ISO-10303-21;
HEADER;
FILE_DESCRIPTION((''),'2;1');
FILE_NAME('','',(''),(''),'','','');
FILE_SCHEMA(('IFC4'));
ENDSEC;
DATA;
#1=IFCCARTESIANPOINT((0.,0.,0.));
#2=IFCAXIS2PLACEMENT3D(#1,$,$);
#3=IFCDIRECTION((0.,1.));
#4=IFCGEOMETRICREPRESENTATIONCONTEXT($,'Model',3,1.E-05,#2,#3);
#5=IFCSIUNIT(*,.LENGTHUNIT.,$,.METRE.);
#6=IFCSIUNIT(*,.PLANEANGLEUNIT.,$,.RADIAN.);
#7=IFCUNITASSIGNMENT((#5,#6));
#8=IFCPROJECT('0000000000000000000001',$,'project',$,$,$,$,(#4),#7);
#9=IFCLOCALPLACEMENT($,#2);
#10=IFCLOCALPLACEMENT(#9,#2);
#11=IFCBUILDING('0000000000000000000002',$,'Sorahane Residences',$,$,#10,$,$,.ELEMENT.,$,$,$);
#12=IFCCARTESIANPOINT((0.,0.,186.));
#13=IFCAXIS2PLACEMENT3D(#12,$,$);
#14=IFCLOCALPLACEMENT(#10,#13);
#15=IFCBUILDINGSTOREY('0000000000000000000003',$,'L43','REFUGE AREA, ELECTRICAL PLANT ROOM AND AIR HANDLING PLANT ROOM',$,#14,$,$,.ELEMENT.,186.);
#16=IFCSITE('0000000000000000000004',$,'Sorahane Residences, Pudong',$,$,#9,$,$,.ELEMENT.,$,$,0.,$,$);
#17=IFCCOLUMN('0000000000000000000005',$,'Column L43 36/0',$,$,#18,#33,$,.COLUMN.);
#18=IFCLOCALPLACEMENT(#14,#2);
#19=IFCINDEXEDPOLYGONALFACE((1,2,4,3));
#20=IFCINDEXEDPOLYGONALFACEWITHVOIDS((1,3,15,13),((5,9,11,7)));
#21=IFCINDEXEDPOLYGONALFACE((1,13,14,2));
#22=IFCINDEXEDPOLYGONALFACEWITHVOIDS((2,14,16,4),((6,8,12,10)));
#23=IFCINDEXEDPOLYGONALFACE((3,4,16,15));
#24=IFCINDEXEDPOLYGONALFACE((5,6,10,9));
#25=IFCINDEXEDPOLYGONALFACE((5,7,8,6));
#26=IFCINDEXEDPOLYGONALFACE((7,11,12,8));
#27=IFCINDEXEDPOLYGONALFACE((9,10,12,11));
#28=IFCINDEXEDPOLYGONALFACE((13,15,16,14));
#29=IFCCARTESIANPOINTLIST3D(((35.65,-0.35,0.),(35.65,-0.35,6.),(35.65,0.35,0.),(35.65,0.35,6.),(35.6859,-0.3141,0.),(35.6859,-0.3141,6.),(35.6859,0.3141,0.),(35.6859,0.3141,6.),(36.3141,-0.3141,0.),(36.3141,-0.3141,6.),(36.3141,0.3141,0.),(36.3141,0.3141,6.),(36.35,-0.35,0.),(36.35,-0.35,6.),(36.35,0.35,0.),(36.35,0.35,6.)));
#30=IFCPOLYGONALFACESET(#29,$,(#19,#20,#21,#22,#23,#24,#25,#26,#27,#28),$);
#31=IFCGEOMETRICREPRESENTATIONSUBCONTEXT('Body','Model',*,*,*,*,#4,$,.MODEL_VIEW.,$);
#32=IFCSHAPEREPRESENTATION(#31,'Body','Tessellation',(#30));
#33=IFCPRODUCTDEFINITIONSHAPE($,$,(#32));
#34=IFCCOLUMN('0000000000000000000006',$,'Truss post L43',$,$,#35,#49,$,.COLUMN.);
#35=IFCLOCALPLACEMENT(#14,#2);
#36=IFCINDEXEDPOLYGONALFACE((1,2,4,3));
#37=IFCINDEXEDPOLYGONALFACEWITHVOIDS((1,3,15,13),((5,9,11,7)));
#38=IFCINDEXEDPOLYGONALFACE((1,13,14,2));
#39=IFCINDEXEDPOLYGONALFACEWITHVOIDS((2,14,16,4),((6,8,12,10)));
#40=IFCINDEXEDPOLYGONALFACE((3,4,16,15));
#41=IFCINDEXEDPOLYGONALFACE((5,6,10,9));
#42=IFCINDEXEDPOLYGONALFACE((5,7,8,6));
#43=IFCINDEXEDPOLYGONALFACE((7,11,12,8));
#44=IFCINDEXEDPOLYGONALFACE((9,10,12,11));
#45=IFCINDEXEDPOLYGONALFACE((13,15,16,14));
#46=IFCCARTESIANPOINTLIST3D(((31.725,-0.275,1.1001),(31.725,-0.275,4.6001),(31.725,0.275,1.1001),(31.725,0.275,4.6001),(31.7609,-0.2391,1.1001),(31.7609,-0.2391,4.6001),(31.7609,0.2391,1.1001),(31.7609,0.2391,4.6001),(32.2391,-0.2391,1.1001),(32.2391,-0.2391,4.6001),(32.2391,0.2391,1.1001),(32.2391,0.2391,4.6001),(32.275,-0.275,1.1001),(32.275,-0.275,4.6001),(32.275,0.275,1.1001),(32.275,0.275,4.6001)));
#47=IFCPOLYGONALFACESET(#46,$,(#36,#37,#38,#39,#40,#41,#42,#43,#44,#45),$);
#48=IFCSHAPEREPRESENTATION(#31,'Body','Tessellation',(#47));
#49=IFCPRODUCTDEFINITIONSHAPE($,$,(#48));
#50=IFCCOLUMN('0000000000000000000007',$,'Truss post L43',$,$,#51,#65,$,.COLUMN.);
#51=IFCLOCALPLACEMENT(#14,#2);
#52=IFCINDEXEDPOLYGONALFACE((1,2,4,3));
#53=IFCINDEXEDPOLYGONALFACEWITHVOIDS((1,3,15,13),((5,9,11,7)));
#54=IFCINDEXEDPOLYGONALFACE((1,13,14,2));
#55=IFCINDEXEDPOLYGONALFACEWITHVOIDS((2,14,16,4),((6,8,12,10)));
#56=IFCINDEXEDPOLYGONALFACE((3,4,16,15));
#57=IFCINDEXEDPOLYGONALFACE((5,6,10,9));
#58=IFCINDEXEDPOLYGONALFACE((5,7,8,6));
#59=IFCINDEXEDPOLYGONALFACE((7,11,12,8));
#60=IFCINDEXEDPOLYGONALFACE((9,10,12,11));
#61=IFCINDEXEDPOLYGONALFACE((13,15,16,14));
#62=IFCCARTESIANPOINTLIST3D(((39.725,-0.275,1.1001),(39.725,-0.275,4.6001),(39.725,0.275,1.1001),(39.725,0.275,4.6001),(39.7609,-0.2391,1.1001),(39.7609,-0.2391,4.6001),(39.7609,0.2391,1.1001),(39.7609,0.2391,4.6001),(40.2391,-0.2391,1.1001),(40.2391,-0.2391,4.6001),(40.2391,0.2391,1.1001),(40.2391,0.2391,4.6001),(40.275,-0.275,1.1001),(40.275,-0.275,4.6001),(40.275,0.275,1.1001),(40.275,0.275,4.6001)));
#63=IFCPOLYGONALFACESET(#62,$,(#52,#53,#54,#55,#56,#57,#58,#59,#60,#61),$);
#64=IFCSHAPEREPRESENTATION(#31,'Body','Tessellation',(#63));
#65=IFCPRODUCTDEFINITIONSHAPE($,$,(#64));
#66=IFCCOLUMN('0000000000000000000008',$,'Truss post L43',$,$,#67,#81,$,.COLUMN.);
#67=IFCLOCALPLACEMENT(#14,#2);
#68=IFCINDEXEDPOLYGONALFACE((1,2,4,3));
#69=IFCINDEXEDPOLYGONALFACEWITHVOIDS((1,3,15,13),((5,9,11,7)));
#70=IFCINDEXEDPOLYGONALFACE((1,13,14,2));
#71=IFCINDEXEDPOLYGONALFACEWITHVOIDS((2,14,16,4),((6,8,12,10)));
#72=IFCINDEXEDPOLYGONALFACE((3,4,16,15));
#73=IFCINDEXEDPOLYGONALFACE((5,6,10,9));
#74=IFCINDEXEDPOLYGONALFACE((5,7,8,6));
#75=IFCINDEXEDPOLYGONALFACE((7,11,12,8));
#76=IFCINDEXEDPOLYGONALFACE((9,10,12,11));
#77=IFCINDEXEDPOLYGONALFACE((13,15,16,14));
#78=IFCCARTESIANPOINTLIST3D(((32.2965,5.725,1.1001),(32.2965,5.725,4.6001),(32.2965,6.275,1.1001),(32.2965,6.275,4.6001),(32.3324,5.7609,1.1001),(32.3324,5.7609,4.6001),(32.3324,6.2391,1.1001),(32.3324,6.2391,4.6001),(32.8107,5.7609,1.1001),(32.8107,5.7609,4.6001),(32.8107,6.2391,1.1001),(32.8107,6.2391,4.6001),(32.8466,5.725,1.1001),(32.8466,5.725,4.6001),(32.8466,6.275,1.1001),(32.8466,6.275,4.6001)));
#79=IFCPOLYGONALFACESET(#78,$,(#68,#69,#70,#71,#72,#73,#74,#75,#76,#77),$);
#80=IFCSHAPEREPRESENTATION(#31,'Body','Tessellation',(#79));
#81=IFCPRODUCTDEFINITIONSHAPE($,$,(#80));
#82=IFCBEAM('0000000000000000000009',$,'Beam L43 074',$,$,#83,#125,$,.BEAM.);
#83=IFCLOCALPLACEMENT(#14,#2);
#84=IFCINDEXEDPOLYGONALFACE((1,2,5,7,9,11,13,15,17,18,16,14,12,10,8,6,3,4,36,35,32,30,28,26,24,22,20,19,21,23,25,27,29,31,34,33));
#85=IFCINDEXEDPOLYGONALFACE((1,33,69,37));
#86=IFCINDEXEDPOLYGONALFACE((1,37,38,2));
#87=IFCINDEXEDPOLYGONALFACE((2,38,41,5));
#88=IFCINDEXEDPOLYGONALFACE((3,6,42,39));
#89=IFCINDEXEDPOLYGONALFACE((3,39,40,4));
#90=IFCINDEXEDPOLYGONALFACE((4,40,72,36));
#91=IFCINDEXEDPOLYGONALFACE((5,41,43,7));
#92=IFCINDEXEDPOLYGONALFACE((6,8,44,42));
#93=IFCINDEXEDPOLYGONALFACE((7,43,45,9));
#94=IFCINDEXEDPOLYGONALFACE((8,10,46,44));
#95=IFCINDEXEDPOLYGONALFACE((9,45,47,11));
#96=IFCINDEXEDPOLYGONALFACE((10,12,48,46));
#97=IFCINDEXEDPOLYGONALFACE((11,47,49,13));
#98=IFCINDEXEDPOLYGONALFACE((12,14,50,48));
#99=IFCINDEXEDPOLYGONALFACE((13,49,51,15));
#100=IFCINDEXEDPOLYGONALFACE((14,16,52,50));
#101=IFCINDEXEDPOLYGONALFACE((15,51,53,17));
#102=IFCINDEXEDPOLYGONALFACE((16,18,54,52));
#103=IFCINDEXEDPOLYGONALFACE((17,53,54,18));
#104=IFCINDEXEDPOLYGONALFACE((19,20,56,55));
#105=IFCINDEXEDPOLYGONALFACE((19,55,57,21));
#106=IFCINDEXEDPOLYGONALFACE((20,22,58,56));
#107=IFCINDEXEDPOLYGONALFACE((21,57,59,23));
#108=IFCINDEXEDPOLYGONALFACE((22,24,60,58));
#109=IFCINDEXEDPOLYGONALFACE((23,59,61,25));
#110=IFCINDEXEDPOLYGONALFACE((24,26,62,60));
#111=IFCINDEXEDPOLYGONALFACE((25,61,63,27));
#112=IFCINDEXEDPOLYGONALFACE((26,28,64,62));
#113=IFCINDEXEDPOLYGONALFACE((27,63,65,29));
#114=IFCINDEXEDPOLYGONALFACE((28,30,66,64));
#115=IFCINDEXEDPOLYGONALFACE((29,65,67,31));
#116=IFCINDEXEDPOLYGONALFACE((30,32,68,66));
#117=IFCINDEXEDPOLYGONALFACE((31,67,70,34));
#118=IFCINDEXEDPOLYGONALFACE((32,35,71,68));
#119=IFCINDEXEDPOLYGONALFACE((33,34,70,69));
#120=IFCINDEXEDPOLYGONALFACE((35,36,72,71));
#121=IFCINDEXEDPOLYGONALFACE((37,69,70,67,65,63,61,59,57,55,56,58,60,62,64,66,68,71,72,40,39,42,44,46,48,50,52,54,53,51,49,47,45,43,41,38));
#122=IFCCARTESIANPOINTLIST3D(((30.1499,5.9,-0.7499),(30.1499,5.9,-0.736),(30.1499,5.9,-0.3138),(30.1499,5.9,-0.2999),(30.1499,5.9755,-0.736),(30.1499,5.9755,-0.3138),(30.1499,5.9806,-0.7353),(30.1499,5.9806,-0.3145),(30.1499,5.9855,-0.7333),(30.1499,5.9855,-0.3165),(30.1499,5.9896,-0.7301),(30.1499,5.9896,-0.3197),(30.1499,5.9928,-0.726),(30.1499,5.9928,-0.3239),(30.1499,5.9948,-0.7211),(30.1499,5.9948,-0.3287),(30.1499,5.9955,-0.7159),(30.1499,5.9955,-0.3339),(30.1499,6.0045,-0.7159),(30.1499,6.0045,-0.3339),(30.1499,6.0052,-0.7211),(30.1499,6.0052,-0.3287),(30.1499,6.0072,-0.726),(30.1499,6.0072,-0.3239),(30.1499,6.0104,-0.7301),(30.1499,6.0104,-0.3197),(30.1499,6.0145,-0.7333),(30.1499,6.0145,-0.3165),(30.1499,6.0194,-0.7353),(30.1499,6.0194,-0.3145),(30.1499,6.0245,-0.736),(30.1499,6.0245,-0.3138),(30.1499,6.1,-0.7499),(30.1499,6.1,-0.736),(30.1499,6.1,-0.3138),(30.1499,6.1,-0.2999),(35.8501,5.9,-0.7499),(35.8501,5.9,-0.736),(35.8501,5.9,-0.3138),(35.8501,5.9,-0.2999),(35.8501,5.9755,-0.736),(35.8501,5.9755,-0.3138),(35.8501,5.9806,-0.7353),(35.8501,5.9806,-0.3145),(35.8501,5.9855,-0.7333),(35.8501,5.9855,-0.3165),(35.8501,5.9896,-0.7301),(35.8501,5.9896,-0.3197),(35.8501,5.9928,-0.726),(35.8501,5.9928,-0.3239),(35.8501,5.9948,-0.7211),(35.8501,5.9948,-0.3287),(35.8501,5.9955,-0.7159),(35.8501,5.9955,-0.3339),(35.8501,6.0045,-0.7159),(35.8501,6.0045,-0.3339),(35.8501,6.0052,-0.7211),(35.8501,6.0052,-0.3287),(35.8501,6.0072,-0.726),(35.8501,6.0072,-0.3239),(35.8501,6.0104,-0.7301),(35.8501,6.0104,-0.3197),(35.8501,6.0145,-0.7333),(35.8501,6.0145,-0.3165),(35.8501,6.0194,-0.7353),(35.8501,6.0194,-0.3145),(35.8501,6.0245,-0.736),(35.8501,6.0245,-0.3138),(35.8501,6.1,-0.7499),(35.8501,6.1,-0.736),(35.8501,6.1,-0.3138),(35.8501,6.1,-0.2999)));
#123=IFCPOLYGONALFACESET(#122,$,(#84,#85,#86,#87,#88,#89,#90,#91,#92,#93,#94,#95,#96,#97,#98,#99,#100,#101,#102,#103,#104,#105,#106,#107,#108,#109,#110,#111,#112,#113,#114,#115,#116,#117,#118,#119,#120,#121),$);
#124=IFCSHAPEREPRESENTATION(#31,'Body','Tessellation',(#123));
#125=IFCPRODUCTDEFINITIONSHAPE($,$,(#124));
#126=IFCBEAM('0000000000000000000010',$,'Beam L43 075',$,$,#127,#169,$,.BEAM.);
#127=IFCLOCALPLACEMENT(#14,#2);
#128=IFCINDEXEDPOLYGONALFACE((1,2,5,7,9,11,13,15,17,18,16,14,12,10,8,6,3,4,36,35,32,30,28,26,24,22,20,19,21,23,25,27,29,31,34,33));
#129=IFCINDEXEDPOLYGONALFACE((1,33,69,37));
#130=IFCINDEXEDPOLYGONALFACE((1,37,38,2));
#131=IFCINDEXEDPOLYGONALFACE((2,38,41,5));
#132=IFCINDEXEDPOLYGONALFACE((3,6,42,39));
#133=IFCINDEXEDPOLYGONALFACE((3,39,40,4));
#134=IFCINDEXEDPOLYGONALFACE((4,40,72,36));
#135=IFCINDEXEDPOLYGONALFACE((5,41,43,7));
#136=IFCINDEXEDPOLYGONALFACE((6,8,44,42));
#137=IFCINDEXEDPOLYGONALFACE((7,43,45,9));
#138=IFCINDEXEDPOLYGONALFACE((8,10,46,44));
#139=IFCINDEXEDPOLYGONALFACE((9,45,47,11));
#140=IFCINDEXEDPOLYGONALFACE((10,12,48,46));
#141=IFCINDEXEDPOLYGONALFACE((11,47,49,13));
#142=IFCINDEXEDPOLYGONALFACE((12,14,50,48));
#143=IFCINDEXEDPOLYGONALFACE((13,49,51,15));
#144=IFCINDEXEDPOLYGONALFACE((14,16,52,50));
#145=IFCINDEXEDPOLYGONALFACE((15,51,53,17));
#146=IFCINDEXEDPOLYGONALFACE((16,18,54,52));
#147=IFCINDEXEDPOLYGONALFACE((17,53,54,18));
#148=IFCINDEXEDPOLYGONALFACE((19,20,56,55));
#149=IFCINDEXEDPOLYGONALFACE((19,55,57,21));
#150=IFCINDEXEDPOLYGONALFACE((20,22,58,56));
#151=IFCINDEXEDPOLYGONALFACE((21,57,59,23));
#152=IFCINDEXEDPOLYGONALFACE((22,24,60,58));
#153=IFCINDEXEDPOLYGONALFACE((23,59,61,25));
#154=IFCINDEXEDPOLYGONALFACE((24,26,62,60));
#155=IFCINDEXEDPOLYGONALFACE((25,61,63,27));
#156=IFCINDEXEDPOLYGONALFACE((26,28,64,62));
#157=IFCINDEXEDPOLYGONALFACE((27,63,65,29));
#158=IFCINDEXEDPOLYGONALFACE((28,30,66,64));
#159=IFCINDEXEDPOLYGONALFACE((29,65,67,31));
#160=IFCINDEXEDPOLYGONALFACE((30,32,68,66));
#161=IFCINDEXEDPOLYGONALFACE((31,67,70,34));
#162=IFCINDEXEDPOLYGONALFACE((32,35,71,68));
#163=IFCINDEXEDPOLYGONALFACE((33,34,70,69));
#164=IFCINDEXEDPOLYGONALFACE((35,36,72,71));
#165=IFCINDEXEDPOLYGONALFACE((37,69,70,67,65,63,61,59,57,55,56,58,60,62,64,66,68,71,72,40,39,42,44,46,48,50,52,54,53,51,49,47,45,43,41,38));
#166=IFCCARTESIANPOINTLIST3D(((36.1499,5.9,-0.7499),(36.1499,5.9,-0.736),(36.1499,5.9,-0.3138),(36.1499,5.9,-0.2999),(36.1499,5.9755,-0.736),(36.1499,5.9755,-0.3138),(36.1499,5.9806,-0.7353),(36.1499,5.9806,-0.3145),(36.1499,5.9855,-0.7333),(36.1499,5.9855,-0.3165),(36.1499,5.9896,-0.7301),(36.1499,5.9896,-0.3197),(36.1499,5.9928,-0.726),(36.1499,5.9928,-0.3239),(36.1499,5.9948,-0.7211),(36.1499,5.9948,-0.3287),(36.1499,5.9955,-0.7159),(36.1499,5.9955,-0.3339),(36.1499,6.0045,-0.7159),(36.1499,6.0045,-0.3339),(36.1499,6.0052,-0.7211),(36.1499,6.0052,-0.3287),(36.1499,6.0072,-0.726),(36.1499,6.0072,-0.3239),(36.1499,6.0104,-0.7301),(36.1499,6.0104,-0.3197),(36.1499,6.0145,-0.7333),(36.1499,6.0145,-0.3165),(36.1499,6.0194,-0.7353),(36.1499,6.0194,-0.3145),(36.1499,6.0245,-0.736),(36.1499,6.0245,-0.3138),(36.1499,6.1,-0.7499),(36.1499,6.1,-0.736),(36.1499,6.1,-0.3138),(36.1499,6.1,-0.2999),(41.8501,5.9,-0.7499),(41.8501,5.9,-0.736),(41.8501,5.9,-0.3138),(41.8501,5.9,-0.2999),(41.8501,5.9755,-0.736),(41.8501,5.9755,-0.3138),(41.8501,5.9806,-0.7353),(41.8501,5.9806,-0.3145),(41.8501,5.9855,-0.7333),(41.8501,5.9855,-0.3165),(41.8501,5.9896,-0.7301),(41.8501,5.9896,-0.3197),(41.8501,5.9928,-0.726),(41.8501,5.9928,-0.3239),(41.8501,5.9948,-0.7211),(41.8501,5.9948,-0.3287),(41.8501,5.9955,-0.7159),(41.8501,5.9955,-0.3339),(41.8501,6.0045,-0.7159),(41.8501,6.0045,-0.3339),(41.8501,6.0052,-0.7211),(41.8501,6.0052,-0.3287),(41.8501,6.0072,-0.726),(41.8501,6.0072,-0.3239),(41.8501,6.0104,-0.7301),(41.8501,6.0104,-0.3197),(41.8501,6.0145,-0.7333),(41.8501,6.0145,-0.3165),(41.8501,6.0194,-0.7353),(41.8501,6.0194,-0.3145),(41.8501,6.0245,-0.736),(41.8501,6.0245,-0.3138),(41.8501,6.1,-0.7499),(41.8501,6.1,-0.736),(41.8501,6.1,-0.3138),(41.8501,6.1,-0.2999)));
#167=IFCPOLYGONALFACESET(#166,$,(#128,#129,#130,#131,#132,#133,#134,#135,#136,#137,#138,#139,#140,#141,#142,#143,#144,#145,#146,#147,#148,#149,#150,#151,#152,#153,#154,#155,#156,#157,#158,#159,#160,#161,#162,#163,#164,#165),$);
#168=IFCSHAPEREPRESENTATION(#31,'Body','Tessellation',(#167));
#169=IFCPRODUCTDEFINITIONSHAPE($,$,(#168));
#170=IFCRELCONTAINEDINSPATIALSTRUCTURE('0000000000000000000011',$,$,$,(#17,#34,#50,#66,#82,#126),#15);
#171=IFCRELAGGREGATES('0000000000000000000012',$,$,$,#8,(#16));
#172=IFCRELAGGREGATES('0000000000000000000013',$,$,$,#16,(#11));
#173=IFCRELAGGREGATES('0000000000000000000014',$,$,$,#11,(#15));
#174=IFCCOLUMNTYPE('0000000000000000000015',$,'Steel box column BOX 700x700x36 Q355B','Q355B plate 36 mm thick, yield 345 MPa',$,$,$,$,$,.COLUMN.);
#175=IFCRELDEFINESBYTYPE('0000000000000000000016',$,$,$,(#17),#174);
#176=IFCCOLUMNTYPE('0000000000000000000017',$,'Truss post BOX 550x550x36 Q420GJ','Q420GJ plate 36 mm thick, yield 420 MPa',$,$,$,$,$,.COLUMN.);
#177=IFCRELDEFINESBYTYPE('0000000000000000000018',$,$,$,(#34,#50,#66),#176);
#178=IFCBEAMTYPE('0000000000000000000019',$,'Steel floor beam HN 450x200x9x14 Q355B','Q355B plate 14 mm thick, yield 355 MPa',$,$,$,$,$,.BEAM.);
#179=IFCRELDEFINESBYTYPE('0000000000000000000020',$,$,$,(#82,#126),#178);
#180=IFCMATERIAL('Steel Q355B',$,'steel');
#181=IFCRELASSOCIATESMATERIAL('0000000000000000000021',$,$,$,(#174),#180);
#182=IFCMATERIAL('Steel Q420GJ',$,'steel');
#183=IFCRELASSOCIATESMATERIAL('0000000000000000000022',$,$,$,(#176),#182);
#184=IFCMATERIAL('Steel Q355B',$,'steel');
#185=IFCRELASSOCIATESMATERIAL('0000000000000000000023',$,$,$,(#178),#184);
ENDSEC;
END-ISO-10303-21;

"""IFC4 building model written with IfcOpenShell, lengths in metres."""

from ifc_helpers import new_model, si_unit, direction, frame, origin, origin_2d, place, context, subcontext, project, spatial, hollow_rectangle, i_section, extrude, material, material_profile, profile_set, type_object, element, save


model = new_model("IFC4")

# Units and contexts
model_context = context("Model", 3, precision=1e-05, world=origin(), true_north=direction((0.0, 1.0)))
body_context = subcontext(model_context, "Body", "Model", "MODEL_VIEW")
ifc_project = project(units=[si_unit("LENGTHUNIT", "METRE"), si_unit("PLANEANGLEUNIT", "RADIAN")], contexts=[model_context])

# Site, building, storey
site_placement = place(None, origin())
site = spatial("IfcSite", under=ifc_project, at=site_placement, Name="Sorahane Residences, Pudong", CompositionType="ELEMENT", RefElevation=0.0)
building_placement = place(site_placement, origin())
building = spatial("IfcBuilding", under=site, at=building_placement, Name="Sorahane Residences", CompositionType="ELEMENT")
storey_placement = place(building_placement, frame((0.0, 0.0, 186.0)))
storey = spatial("IfcBuildingStorey", under=building, at=storey_placement, Name="L43", Description="REFUGE AREA, ELECTRICAL PLANT ROOM AND AIR HANDLING PLANT ROOM", CompositionType="ELEMENT", Elevation=186.0)

# Columns
ifc_material_1 = material(Name="Steel Q355B", Category="steel")
ifc_material_profile_1 = material_profile(ifc_material_1, hollow_rectangle(XDim=0.7, YDim=0.7, WallThickness=0.0359, at=origin_2d()), Name="BOX 700x700x36")
ifc_profile_set_1 = profile_set([ifc_material_profile_1], Name="Steel Q355B")
column_type_1 = type_object("IfcColumnType", Name="Steel box column BOX 700x700x36 Q355B", Description="Q355B plate 36 mm thick, yield 345 MPa", PredefinedType="COLUMN", material=ifc_profile_set_1)
column_placement = place(storey_placement, frame((36.0, 0.0, 0.0), z_axis=(0.0, 0.0, 1.0), x_axis=(1.0, 0.0, 0.0)))
element("IfcColumn", 1, at=column_placement, inside=storey, type_object=column_type_1, Name="Column L43 36/0", PredefinedType="COLUMN", context=body_context, shape_type="SweptSolid", body=[
    extrude(hollow_rectangle(XDim=0.7, YDim=0.7, WallThickness=0.0359, at=origin_2d()), origin(), (0.0, 0.0, 1.0), 6.0),
])
ifc_material_2 = material(Name="Steel Q420GJ", Category="steel")
ifc_material_profile_2 = material_profile(ifc_material_2, hollow_rectangle(XDim=0.55, YDim=0.55, WallThickness=0.0359, at=origin_2d()), Name="BOX 550x550x36")
ifc_profile_set_2 = profile_set([ifc_material_profile_2], Name="Steel Q420GJ")
column_type_2 = type_object("IfcColumnType", Name="Truss post BOX 550x550x36 Q420GJ", Description="Q420GJ plate 36 mm thick, yield 420 MPa", PredefinedType="COLUMN", material=ifc_profile_set_2)
for number, where, z_axis, x_axis, name in (
    (2, (32.0, 0.0, 1.1001), (0.0, 0.0, 1.0), (1.0, 0.0, 0.0), "Truss post L43"),
    (3, (40.0, 0.0, 1.1001), (0.0, 0.0, 1.0), (1.0, 0.0, 0.0), "Truss post L43"),
    (4, (32.5715, 6.0, 1.1001), (0.0, 0.0, 1.0), (1.0, 0.0, 0.0), "Truss post L43"),
):
    element("IfcColumn", number, at=place(storey_placement, frame(where, z_axis=z_axis, x_axis=x_axis)), inside=storey, type_object=column_type_2, Name=name, PredefinedType="COLUMN", context=body_context, shape_type="SweptSolid", body=[
        extrude(hollow_rectangle(XDim=0.55, YDim=0.55, WallThickness=0.0359, at=origin_2d()), origin(), (0.0, 0.0, 1.0), 3.5),
    ])

# Beams
ifc_material_3 = material(Name="Steel Q355B", Category="steel")
ifc_material_profile_3 = material_profile(ifc_material_3, i_section(OverallWidth=0.2, OverallDepth=0.45, WebThickness=0.009, FlangeThickness=0.0139, FilletRadius=0.02, at=origin_2d()), Name="HN 450x200x9x14")
ifc_profile_set_3 = profile_set([ifc_material_profile_3], Name="Steel Q355B")
beam_type_1 = type_object("IfcBeamType", Name="Steel floor beam HN 450x200x9x14 Q355B", Description="Q355B plate 14 mm thick, yield 355 MPa", PredefinedType="BEAM", material=ifc_profile_set_3)
for number, where, z_axis, x_axis, name in (
    (5, (30.1499, 6.0, -0.5249), (1.0, 0.0, 0.0), (0.0, 1.0, 0.0), "Beam L43 074"),
    (6, (36.1499, 6.0, -0.5249), (1.0, 0.0, 0.0), (0.0, 1.0, 0.0), "Beam L43 075"),
):
    element("IfcBeam", number, at=place(storey_placement, frame(where, z_axis=z_axis, x_axis=x_axis)), inside=storey, type_object=beam_type_1, Name=name, PredefinedType="BEAM", context=body_context, shape_type="SweptSolid", body=[
        extrude(i_section(OverallWidth=0.2, OverallDepth=0.45, WebThickness=0.009, FlangeThickness=0.0139, FilletRadius=0.02, at=origin_2d()), origin(), (0.0, 0.0, 1.0), 5.7002),
    ])

save(model, "model.ifc")
